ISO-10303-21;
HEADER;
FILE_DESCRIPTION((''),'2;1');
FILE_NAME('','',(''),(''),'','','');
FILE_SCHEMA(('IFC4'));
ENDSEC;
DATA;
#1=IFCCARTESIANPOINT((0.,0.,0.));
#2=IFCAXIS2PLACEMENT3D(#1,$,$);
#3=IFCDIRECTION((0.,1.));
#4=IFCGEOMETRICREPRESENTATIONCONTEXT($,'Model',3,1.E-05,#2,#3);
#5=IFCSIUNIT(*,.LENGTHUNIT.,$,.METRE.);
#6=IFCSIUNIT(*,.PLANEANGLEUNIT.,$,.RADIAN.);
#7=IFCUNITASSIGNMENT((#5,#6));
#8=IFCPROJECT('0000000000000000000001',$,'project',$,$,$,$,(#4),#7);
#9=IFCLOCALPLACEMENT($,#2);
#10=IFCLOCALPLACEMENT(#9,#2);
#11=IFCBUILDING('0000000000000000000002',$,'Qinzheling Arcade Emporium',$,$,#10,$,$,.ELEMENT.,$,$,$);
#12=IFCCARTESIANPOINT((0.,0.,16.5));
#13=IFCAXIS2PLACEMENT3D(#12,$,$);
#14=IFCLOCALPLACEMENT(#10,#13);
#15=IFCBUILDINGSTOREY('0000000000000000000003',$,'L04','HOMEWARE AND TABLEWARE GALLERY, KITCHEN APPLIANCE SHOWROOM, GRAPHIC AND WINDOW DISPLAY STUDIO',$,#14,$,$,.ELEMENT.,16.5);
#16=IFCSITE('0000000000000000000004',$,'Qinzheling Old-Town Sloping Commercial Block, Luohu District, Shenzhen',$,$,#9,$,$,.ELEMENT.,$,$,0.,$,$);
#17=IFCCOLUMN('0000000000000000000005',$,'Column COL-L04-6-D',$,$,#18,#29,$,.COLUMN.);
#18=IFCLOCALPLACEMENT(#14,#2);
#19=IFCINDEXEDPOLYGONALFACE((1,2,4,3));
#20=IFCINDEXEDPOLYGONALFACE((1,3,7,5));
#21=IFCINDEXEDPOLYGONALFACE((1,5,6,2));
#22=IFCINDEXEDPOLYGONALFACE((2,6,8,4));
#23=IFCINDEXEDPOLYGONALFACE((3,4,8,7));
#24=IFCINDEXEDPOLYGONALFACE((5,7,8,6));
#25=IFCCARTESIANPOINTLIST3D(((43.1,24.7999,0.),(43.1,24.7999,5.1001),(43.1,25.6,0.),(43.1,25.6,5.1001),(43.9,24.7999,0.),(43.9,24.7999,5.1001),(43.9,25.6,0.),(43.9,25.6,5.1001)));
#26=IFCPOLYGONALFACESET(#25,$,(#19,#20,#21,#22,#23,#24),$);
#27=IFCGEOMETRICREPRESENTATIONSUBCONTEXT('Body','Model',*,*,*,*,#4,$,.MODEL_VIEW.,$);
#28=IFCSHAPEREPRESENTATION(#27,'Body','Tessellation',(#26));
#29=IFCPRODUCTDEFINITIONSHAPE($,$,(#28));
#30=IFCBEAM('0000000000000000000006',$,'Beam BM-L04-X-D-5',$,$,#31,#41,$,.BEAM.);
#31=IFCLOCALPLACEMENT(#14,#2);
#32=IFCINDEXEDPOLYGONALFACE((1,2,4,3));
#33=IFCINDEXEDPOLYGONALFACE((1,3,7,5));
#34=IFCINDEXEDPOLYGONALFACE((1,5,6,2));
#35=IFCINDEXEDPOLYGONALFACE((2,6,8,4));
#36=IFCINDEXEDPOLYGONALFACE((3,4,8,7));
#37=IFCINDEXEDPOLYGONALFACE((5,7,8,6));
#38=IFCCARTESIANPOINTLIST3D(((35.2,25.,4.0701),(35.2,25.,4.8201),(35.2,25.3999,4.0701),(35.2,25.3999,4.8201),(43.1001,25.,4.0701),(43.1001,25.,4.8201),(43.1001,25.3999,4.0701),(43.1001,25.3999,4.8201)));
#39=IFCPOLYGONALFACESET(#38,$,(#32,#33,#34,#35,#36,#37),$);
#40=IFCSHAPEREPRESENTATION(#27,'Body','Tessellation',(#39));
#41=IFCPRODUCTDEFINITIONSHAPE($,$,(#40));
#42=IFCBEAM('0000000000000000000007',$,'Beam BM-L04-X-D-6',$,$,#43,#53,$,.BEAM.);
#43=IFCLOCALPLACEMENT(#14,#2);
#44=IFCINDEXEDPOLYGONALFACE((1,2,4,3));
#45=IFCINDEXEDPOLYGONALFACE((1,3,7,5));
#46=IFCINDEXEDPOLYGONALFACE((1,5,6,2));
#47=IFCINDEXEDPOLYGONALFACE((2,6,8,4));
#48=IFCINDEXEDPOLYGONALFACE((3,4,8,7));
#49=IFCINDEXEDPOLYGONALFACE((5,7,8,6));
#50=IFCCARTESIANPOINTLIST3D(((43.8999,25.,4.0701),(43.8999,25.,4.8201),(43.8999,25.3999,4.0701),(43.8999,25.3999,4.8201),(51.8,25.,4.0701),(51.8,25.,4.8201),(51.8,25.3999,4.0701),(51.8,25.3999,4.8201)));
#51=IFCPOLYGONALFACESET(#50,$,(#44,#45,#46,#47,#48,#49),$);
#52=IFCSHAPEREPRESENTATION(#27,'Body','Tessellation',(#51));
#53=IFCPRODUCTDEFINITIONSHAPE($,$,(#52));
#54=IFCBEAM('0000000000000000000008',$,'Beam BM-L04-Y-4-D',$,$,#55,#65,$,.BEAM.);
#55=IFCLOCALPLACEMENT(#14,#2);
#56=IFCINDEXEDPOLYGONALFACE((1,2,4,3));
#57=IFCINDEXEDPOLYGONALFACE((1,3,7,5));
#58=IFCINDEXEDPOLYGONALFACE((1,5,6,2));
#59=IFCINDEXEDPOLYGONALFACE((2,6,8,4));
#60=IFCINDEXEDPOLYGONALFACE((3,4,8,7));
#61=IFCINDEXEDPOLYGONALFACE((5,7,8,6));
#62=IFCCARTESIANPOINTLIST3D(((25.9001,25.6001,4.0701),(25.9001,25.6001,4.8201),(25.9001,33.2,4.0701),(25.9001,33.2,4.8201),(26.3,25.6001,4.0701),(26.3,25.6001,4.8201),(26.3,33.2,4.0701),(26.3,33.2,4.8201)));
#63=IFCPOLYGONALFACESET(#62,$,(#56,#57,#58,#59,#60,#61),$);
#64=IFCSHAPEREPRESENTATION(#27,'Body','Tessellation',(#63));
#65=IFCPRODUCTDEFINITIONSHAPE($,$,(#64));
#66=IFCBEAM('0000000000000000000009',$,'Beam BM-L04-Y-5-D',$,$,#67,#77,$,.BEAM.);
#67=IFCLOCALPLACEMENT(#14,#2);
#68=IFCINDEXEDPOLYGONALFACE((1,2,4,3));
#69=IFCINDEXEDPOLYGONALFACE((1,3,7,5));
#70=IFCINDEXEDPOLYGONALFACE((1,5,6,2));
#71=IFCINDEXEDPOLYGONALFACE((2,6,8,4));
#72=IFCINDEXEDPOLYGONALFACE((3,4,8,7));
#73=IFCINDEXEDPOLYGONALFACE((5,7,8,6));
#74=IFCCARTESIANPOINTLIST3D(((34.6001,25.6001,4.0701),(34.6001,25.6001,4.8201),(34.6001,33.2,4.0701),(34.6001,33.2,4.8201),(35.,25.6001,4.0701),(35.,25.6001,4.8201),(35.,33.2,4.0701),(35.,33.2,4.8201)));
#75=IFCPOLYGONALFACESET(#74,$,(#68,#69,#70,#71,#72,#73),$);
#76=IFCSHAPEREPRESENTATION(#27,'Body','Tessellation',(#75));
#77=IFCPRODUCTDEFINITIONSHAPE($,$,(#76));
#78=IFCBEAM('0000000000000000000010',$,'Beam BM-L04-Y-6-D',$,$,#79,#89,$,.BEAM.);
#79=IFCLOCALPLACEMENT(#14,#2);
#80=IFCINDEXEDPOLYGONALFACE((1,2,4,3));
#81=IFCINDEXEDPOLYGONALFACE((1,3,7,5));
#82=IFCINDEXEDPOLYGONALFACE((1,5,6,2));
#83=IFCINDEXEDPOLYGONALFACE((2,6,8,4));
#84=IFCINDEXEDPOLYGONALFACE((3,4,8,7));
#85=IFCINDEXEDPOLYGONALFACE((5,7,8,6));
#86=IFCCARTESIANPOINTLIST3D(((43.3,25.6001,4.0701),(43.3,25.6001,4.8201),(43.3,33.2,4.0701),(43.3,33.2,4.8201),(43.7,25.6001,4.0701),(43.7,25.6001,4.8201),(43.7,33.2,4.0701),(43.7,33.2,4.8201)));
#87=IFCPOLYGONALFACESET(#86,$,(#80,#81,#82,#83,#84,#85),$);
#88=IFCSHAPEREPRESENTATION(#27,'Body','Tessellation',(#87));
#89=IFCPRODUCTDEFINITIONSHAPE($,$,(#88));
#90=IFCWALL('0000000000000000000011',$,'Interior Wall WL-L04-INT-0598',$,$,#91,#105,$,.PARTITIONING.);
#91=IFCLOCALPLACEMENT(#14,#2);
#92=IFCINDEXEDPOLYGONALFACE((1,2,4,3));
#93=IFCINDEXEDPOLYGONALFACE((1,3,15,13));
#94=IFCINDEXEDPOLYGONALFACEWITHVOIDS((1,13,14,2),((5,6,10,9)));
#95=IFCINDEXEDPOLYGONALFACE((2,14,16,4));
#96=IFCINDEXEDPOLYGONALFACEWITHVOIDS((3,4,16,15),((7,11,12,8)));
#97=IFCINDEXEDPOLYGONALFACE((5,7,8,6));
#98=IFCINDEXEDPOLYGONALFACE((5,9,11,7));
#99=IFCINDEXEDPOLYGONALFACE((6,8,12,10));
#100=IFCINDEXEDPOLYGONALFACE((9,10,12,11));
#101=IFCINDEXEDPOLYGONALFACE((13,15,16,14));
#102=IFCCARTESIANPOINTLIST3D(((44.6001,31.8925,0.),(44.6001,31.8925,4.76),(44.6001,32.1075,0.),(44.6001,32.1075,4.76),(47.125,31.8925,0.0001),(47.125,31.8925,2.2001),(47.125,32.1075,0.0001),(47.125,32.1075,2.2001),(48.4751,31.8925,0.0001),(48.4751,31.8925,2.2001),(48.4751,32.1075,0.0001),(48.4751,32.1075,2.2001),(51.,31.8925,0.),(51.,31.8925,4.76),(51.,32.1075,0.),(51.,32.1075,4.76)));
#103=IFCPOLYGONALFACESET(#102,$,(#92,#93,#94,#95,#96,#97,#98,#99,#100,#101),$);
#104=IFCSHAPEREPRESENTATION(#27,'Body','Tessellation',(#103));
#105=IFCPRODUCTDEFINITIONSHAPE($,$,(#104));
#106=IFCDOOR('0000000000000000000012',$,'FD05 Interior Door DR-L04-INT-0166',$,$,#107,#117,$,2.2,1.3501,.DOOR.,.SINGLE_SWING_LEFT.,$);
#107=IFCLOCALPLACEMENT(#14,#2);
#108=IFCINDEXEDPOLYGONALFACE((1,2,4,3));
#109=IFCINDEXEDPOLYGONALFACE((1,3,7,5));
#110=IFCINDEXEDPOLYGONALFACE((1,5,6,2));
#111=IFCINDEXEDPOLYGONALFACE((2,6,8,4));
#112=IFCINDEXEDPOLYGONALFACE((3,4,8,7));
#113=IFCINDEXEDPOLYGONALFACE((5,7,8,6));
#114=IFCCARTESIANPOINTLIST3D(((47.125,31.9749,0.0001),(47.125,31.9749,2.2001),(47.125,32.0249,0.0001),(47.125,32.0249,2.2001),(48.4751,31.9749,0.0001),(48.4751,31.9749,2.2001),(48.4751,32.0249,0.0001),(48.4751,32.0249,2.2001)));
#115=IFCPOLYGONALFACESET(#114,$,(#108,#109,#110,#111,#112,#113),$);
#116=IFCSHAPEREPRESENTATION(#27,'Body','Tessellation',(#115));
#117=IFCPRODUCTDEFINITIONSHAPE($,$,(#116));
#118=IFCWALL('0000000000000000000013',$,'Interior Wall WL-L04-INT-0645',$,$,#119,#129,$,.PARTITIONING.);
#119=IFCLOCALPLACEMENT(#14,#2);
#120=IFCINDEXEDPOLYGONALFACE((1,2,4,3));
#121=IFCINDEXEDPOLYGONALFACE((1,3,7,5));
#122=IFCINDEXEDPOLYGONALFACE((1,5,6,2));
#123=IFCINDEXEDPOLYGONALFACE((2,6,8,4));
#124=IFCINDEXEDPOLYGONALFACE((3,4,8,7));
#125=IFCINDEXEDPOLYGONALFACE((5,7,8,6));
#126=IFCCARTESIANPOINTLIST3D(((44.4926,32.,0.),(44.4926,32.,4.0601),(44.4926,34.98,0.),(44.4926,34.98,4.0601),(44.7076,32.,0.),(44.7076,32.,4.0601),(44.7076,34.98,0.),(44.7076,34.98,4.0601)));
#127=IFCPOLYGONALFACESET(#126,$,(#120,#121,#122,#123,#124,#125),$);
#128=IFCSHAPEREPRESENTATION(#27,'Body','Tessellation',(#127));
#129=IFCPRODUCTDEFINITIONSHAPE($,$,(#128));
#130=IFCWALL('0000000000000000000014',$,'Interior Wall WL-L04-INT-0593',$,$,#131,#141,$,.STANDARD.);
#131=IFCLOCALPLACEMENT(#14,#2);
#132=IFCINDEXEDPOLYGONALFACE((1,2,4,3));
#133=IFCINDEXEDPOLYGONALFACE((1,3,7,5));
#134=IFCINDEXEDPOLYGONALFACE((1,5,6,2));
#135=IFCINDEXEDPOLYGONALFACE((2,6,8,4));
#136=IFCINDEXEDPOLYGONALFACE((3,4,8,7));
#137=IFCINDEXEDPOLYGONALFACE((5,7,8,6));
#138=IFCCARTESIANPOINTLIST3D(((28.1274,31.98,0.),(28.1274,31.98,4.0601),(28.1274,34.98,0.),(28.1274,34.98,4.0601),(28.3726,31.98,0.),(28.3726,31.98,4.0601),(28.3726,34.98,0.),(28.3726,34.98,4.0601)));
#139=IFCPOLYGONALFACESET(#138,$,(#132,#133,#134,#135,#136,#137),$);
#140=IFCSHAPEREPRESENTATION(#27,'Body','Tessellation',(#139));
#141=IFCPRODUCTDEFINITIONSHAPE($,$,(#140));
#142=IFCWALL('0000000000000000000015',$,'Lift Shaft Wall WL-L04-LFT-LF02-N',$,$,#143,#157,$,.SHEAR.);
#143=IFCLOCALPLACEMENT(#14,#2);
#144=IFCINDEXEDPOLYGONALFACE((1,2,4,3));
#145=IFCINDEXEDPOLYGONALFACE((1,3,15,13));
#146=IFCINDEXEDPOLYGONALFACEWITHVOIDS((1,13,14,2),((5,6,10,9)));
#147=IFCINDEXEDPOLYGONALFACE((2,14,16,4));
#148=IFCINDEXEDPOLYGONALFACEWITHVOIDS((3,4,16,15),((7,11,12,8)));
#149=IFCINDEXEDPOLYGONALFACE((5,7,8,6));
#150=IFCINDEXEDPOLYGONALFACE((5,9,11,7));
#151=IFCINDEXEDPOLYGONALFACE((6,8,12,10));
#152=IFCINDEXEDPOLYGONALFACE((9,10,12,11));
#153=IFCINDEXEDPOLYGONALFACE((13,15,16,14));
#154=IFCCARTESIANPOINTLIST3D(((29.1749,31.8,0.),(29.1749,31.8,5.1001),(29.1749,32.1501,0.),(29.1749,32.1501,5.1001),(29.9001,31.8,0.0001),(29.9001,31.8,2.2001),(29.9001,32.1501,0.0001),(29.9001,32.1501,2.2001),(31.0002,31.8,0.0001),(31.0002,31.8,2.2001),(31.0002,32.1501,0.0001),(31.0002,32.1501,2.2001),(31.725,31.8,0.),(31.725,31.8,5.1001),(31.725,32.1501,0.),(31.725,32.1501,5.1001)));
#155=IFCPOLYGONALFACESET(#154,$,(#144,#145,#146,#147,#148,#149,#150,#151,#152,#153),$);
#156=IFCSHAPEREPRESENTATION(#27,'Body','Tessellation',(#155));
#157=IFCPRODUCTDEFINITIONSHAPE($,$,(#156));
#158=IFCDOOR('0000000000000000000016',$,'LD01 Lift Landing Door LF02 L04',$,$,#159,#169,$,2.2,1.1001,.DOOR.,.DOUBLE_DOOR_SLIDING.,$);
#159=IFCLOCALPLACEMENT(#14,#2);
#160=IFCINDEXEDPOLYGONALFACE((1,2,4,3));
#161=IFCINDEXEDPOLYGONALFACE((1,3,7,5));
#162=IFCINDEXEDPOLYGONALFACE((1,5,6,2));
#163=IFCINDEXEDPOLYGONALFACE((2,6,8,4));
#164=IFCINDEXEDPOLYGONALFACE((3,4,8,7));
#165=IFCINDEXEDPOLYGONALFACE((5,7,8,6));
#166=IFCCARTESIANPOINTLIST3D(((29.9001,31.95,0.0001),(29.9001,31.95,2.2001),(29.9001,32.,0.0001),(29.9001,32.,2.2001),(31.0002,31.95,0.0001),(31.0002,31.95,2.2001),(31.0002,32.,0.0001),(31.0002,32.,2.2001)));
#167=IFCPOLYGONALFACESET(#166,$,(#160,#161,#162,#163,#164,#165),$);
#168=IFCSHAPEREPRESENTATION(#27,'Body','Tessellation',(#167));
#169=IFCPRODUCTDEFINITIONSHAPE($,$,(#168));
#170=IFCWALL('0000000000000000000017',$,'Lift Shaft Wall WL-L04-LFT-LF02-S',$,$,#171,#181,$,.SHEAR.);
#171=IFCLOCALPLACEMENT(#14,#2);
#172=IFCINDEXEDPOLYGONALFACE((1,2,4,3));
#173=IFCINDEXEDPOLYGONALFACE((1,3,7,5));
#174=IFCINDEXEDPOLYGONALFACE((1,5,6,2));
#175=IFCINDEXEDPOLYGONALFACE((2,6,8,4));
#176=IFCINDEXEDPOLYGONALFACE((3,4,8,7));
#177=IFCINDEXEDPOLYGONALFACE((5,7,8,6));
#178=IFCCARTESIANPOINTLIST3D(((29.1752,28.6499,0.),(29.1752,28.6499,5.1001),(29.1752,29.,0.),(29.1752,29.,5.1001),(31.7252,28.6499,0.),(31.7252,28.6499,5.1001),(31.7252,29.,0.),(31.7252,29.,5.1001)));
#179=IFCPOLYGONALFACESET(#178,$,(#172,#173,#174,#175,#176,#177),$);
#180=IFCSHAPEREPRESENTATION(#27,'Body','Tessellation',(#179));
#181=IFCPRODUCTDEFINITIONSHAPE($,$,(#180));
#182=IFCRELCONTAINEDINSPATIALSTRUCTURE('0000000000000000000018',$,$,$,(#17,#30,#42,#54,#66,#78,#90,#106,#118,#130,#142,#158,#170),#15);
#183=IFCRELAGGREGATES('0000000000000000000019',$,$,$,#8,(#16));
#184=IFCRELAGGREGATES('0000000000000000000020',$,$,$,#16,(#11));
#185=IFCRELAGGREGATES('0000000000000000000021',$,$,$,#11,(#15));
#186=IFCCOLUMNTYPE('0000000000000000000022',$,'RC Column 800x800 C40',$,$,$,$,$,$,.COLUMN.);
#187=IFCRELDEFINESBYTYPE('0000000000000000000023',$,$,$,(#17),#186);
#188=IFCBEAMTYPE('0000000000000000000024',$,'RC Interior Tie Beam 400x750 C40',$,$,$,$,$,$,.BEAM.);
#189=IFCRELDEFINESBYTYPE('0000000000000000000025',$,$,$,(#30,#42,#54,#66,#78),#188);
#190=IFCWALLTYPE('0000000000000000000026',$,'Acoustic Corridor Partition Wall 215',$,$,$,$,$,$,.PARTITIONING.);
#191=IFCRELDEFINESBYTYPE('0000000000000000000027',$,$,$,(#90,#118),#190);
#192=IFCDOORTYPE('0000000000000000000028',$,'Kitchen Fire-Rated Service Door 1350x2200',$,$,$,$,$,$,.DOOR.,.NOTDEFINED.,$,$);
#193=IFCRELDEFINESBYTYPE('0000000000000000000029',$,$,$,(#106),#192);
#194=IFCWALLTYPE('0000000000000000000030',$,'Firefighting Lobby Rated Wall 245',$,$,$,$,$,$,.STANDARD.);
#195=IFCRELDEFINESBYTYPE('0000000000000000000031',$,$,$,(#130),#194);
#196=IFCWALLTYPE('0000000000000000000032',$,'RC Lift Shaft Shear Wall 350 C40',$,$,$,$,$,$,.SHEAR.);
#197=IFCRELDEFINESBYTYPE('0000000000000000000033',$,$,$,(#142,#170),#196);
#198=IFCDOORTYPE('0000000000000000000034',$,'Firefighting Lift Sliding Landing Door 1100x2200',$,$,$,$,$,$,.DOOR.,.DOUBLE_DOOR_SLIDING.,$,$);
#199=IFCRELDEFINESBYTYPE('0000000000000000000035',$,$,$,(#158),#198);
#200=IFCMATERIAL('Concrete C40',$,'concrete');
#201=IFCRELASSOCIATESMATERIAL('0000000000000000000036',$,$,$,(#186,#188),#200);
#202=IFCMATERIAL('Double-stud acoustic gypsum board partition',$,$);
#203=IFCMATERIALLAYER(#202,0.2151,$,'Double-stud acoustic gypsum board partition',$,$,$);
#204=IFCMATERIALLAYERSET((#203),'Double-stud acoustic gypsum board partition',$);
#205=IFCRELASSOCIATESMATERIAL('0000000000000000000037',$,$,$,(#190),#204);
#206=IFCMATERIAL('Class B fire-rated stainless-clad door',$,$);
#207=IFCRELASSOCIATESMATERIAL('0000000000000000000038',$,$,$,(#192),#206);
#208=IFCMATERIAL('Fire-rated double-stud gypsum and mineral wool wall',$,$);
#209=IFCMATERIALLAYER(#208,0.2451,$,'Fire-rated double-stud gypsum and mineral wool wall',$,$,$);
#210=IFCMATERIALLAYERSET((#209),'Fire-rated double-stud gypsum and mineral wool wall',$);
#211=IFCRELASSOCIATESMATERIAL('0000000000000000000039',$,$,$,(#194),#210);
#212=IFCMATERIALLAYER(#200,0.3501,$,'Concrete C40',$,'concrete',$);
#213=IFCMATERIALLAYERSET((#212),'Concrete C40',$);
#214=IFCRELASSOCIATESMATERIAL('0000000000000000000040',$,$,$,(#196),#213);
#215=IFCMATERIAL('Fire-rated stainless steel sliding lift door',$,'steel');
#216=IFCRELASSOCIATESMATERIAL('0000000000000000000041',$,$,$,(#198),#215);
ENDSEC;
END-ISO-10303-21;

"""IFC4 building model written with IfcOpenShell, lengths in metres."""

from ifc_helpers import new_model, si_unit, direction, frame, frame_2d, origin, origin_2d, place, context, subcontext, project, spatial, rectangle, extrude, material, layer, layer_set, material_profile, profile_set, type_object, element, fill, save


model = new_model("IFC4")

# Units and contexts
model_context = context("Model", 3, precision=1e-05, world=origin(), true_north=direction((0.0, 1.0)))
body_context = subcontext(model_context, "Body", "Model", "MODEL_VIEW")
ifc_project = project(units=[si_unit("LENGTHUNIT", "METRE"), si_unit("PLANEANGLEUNIT", "RADIAN")], contexts=[model_context])

# Site, building, storey
site_placement = place(None, origin())
site = spatial("IfcSite", under=ifc_project, at=site_placement, Name="Qinzheling Old-Town Sloping Commercial Block, Luohu District, Shenzhen", CompositionType="ELEMENT", RefElevation=0.0)
building_placement = place(site_placement, origin())
building = spatial("IfcBuilding", under=site, at=building_placement, Name="Qinzheling Arcade Emporium", CompositionType="ELEMENT")
storey_placement = place(building_placement, frame((0.0, 0.0, 16.5)))
storey = spatial("IfcBuildingStorey", under=building, at=storey_placement, Name="L04", Description="HOMEWARE AND TABLEWARE GALLERY, KITCHEN APPLIANCE SHOWROOM, GRAPHIC AND WINDOW DISPLAY STUDIO", CompositionType="ELEMENT", Elevation=16.5)

# Column
ifc_material_1 = material(Name="Concrete C40", Category="concrete")
ifc_material_profile_1 = material_profile(ifc_material_1, rectangle(XDim=0.8, YDim=0.8, at=origin_2d()), Name="RC 800x800", Category="concrete")
ifc_profile_set_1 = profile_set([ifc_material_profile_1], Name="Concrete C40")
column_type = type_object("IfcColumnType", Name="RC Column 800x800 C40", PredefinedType="COLUMN", material=ifc_profile_set_1)
column_placement = place(storey_placement, frame((43.5, 25.2, 0.0), z_axis=(0.0, 0.0, 1.0), x_axis=(1.0, 0.0, 0.0)))
element("IfcColumn", 1, at=column_placement, inside=storey, type_object=column_type, Name="Column COL-L04-6-D", PredefinedType="COLUMN", context=body_context, shape_type="SweptSolid", body=[
    extrude(rectangle(XDim=0.8, YDim=0.8, at=origin_2d()), origin(), (0.0, 0.0, 1.0), 5.1001),
])

# Beams
ifc_material_profile_2 = material_profile(ifc_material_1, rectangle(XDim=0.3999, YDim=0.75, at=origin_2d()), Name="RC 400x750", Category="concrete")
ifc_profile_set_2 = profile_set([ifc_material_profile_2], Name="Concrete C40")
beam_type = type_object("IfcBeamType", Name="RC Interior Tie Beam 400x750 C40", PredefinedType="BEAM", material=ifc_profile_set_2)
for number, where, z_axis, x_axis, name in (
    (2, (35.2, 25.2, 4.4451), (1.0, 0.0, 0.0), (0.0, 1.0, 0.0), "Beam BM-L04-X-D-5"),
    (3, (43.8999, 25.2, 4.4451), (1.0, 0.0, 0.0), (0.0, 1.0, 0.0), "Beam BM-L04-X-D-6"),
):
    element("IfcBeam", number, at=place(storey_placement, frame(where, z_axis=z_axis, x_axis=x_axis)), inside=storey, type_object=beam_type, Name=name, PredefinedType="BEAM", context=body_context, shape_type="SweptSolid", body=[
        extrude(rectangle(XDim=0.3999, YDim=0.75, at=origin_2d()), origin(), (0.0, 0.0, 1.0), 7.9001),
    ])
for number, where, z_axis, x_axis, name in (
    (4, (26.1001, 25.6001, 4.4451), (0.0, 1.0, 0.0), (-1.0, 0.0, 0.0), "Beam BM-L04-Y-4-D"),
    (5, (34.8, 25.6001, 4.4451), (0.0, 1.0, 0.0), (-1.0, 0.0, 0.0), "Beam BM-L04-Y-5-D"),
    (6, (43.5, 25.6001, 4.4451), (0.0, 1.0, 0.0), (-1.0, 0.0, 0.0), "Beam BM-L04-Y-6-D"),
):
    element("IfcBeam", number, at=place(storey_placement, frame(where, z_axis=z_axis, x_axis=x_axis)), inside=storey, type_object=beam_type, Name=name, PredefinedType="BEAM", context=body_context, shape_type="SweptSolid", body=[
        extrude(rectangle(XDim=0.3999, YDim=0.75, at=origin_2d()), origin(), (0.0, 0.0, 1.0), 7.5999),
    ])

# Wall, opening, door
ifc_material_2 = material(Name="Double-stud acoustic gypsum board partition")
ifc_layer_1 = layer(ifc_material_2, 0.2151, Name="Double-stud acoustic gypsum board partition")
ifc_layer_set_1 = layer_set([ifc_layer_1], Name="Double-stud acoustic gypsum board partition")
wall_type_1 = type_object("IfcWallType", Name="Acoustic Corridor Partition Wall 215", PredefinedType="PARTITIONING", material=ifc_layer_set_1)
wall_1_placement = place(storey_placement, frame((44.6001, 32.0, 0.0), z_axis=(0.0, 0.0, 1.0), x_axis=(1.0, 0.0, 0.0)))
wall_1 = element("IfcWall", 7, at=wall_1_placement, inside=storey, type_object=wall_type_1, Name="Interior Wall WL-L04-INT-0598", PredefinedType="PARTITIONING", context=body_context, shape_type="SweptSolid", body=[
    extrude(rectangle(XDim=6.3999, YDim=0.2151, at=frame_2d((3.2, 0.0))), origin(), (0.0, 0.0, 1.0), 4.76),
])
opening_1_placement = place(wall_1_placement, frame((2.5249, 0.0, 0.0)))
opening_1 = element("IfcOpeningElement", 8, at=opening_1_placement, cuts=wall_1, PredefinedType="OPENING", context=body_context, shape_type="SweptSolid", body=[
    extrude(rectangle(XDim=1.3501, YDim=2.2, at=frame_2d((0.675, 1.1001))), frame((0.0, 0.1177, 0.0), z_axis=(0.0, -1.0, 0.0), x_axis=(1.0, 0.0, 0.0)), (0.0, 0.0, 1.0), 0.2351),
])
ifc_material_3 = material(Name="Class B fire-rated stainless-clad door")
door_type_1 = type_object("IfcDoorType", Name="Kitchen Fire-Rated Service Door 1350x2200", OperationType="NOTDEFINED", PredefinedType="DOOR", material=ifc_material_3)
door_1_placement = place(opening_1_placement, origin())
door_1 = element("IfcDoor", 9, at=door_1_placement, inside=storey, type_object=door_type_1, Name="FD05 Interior Door DR-L04-INT-0166", OperationType="SINGLE_SWING_LEFT", OverallHeight=2.2, OverallWidth=1.3501, PredefinedType="DOOR", context=body_context, shape_type="SweptSolid", body=[
    extrude(rectangle(XDim=1.3501, YDim=2.2, at=frame_2d((0.675, 1.1001))), frame((0.0, 0.0249, 0.0), z_axis=(0.0, -1.0, 0.0), x_axis=(1.0, 0.0, 0.0)), (0.0, 0.0, 1.0), 0.05),
])
fill(opening_1, door_1)

# Walls
wall_2_placement = place(storey_placement, frame((44.6001, 32.0, 0.0), z_axis=(0.0, 0.0, 1.0), x_axis=(0.0, 1.0, 0.0)))
element("IfcWall", 10, at=wall_2_placement, inside=storey, type_object=wall_type_1, Name="Interior Wall WL-L04-INT-0645", PredefinedType="PARTITIONING", context=body_context, shape_type="SweptSolid", body=[
    extrude(rectangle(XDim=2.98, YDim=0.2151, at=frame_2d((1.49, 0.0))), origin(), (0.0, 0.0, 1.0), 4.0601),
])
ifc_material_4 = material(Name="Fire-rated double-stud gypsum and mineral wool wall")
ifc_layer_2 = layer(ifc_material_4, 0.2451, Name="Fire-rated double-stud gypsum and mineral wool wall")
ifc_layer_set_2 = layer_set([ifc_layer_2], Name="Fire-rated double-stud gypsum and mineral wool wall")
wall_type_2 = type_object("IfcWallType", Name="Firefighting Lobby Rated Wall 245", PredefinedType="STANDARD", material=ifc_layer_set_2)
wall_3_placement = place(storey_placement, frame((28.25, 31.98, 0.0), z_axis=(0.0, 0.0, 1.0), x_axis=(0.0, 1.0, 0.0)))
element("IfcWall", 11, at=wall_3_placement, inside=storey, type_object=wall_type_2, Name="Interior Wall WL-L04-INT-0593", PredefinedType="STANDARD", context=body_context, shape_type="SweptSolid", body=[
    extrude(rectangle(XDim=3.0, YDim=0.2451, at=frame_2d((1.5, 0.0))), origin(), (0.0, 0.0, 1.0), 4.0601),
])

# Wall, opening, door
ifc_layer_3 = layer(ifc_material_1, 0.3501, Name="Concrete C40", Category="concrete")
ifc_layer_set_3 = layer_set([ifc_layer_3], Name="Concrete C40")
wall_type_3 = type_object("IfcWallType", Name="RC Lift Shaft Shear Wall 350 C40", PredefinedType="SHEAR", material=ifc_layer_set_3)
wall_4_placement = place(storey_placement, frame((29.175, 31.9751, 0.0), z_axis=(0.0, 0.0, 1.0), x_axis=(1.0, 0.0, 0.0)))
wall_4 = element("IfcWall", 12, at=wall_4_placement, inside=storey, type_object=wall_type_3, Name="Lift Shaft Wall WL-L04-LFT-LF02-N", PredefinedType="SHEAR", context=body_context, shape_type="SweptSolid", body=[
    extrude(rectangle(XDim=2.55, YDim=0.3501, at=frame_2d((1.2749, 0.0))), origin(), (0.0, 0.0, 1.0), 5.1001),
])
opening_2_placement = place(wall_4_placement, frame((0.7251, 0.0, 0.0)))
opening_2 = element("IfcOpeningElement", 13, at=opening_2_placement, cuts=wall_4, PredefinedType="OPENING", context=body_context, shape_type="SweptSolid", body=[
    extrude(rectangle(XDim=1.1001, YDim=2.2, at=frame_2d((0.55, 1.1001))), frame((0.0, 0.1851, 0.0), z_axis=(0.0, -1.0, 0.0), x_axis=(1.0, 0.0, 0.0)), (0.0, 0.0, 1.0), 0.3701),
])
ifc_material_5 = material(Name="Fire-rated stainless steel sliding lift door", Category="steel")
door_type_2 = type_object("IfcDoorType", Name="Firefighting Lift Sliding Landing Door 1100x2200", OperationType="DOUBLE_DOOR_SLIDING", PredefinedType="DOOR", material=ifc_material_5)
door_2_placement = place(opening_2_placement, origin())
door_2 = element("IfcDoor", 14, at=door_2_placement, inside=storey, type_object=door_type_2, Name="LD01 Lift Landing Door LF02 L04", OperationType="DOUBLE_DOOR_SLIDING", OverallHeight=2.2, OverallWidth=1.1001, PredefinedType="DOOR", context=body_context, shape_type="SweptSolid", body=[
    extrude(rectangle(XDim=1.1001, YDim=2.2, at=frame_2d((0.55, 1.1001))), frame((0.0, 0.0249, 0.0), z_axis=(0.0, -1.0, 0.0), x_axis=(1.0, 0.0, 0.0)), (0.0, 0.0, 1.0), 0.05),
])
fill(opening_2, door_2)

# Wall
wall_5_placement = place(storey_placement, frame((31.7251, 28.825, 0.0), z_axis=(0.0, 0.0, 1.0), x_axis=(-1.0, 0.0, 0.0)))
element("IfcWall", 15, at=wall_5_placement, inside=storey, type_object=wall_type_3, Name="Lift Shaft Wall WL-L04-LFT-LF02-S", PredefinedType="SHEAR", context=body_context, shape_type="SweptSolid", body=[
    extrude(rectangle(XDim=2.55, YDim=0.3501, at=frame_2d((1.2749, 0.0))), origin(), (0.0, 0.0, 1.0), 5.1001),
])

save(model, "model.ifc")
